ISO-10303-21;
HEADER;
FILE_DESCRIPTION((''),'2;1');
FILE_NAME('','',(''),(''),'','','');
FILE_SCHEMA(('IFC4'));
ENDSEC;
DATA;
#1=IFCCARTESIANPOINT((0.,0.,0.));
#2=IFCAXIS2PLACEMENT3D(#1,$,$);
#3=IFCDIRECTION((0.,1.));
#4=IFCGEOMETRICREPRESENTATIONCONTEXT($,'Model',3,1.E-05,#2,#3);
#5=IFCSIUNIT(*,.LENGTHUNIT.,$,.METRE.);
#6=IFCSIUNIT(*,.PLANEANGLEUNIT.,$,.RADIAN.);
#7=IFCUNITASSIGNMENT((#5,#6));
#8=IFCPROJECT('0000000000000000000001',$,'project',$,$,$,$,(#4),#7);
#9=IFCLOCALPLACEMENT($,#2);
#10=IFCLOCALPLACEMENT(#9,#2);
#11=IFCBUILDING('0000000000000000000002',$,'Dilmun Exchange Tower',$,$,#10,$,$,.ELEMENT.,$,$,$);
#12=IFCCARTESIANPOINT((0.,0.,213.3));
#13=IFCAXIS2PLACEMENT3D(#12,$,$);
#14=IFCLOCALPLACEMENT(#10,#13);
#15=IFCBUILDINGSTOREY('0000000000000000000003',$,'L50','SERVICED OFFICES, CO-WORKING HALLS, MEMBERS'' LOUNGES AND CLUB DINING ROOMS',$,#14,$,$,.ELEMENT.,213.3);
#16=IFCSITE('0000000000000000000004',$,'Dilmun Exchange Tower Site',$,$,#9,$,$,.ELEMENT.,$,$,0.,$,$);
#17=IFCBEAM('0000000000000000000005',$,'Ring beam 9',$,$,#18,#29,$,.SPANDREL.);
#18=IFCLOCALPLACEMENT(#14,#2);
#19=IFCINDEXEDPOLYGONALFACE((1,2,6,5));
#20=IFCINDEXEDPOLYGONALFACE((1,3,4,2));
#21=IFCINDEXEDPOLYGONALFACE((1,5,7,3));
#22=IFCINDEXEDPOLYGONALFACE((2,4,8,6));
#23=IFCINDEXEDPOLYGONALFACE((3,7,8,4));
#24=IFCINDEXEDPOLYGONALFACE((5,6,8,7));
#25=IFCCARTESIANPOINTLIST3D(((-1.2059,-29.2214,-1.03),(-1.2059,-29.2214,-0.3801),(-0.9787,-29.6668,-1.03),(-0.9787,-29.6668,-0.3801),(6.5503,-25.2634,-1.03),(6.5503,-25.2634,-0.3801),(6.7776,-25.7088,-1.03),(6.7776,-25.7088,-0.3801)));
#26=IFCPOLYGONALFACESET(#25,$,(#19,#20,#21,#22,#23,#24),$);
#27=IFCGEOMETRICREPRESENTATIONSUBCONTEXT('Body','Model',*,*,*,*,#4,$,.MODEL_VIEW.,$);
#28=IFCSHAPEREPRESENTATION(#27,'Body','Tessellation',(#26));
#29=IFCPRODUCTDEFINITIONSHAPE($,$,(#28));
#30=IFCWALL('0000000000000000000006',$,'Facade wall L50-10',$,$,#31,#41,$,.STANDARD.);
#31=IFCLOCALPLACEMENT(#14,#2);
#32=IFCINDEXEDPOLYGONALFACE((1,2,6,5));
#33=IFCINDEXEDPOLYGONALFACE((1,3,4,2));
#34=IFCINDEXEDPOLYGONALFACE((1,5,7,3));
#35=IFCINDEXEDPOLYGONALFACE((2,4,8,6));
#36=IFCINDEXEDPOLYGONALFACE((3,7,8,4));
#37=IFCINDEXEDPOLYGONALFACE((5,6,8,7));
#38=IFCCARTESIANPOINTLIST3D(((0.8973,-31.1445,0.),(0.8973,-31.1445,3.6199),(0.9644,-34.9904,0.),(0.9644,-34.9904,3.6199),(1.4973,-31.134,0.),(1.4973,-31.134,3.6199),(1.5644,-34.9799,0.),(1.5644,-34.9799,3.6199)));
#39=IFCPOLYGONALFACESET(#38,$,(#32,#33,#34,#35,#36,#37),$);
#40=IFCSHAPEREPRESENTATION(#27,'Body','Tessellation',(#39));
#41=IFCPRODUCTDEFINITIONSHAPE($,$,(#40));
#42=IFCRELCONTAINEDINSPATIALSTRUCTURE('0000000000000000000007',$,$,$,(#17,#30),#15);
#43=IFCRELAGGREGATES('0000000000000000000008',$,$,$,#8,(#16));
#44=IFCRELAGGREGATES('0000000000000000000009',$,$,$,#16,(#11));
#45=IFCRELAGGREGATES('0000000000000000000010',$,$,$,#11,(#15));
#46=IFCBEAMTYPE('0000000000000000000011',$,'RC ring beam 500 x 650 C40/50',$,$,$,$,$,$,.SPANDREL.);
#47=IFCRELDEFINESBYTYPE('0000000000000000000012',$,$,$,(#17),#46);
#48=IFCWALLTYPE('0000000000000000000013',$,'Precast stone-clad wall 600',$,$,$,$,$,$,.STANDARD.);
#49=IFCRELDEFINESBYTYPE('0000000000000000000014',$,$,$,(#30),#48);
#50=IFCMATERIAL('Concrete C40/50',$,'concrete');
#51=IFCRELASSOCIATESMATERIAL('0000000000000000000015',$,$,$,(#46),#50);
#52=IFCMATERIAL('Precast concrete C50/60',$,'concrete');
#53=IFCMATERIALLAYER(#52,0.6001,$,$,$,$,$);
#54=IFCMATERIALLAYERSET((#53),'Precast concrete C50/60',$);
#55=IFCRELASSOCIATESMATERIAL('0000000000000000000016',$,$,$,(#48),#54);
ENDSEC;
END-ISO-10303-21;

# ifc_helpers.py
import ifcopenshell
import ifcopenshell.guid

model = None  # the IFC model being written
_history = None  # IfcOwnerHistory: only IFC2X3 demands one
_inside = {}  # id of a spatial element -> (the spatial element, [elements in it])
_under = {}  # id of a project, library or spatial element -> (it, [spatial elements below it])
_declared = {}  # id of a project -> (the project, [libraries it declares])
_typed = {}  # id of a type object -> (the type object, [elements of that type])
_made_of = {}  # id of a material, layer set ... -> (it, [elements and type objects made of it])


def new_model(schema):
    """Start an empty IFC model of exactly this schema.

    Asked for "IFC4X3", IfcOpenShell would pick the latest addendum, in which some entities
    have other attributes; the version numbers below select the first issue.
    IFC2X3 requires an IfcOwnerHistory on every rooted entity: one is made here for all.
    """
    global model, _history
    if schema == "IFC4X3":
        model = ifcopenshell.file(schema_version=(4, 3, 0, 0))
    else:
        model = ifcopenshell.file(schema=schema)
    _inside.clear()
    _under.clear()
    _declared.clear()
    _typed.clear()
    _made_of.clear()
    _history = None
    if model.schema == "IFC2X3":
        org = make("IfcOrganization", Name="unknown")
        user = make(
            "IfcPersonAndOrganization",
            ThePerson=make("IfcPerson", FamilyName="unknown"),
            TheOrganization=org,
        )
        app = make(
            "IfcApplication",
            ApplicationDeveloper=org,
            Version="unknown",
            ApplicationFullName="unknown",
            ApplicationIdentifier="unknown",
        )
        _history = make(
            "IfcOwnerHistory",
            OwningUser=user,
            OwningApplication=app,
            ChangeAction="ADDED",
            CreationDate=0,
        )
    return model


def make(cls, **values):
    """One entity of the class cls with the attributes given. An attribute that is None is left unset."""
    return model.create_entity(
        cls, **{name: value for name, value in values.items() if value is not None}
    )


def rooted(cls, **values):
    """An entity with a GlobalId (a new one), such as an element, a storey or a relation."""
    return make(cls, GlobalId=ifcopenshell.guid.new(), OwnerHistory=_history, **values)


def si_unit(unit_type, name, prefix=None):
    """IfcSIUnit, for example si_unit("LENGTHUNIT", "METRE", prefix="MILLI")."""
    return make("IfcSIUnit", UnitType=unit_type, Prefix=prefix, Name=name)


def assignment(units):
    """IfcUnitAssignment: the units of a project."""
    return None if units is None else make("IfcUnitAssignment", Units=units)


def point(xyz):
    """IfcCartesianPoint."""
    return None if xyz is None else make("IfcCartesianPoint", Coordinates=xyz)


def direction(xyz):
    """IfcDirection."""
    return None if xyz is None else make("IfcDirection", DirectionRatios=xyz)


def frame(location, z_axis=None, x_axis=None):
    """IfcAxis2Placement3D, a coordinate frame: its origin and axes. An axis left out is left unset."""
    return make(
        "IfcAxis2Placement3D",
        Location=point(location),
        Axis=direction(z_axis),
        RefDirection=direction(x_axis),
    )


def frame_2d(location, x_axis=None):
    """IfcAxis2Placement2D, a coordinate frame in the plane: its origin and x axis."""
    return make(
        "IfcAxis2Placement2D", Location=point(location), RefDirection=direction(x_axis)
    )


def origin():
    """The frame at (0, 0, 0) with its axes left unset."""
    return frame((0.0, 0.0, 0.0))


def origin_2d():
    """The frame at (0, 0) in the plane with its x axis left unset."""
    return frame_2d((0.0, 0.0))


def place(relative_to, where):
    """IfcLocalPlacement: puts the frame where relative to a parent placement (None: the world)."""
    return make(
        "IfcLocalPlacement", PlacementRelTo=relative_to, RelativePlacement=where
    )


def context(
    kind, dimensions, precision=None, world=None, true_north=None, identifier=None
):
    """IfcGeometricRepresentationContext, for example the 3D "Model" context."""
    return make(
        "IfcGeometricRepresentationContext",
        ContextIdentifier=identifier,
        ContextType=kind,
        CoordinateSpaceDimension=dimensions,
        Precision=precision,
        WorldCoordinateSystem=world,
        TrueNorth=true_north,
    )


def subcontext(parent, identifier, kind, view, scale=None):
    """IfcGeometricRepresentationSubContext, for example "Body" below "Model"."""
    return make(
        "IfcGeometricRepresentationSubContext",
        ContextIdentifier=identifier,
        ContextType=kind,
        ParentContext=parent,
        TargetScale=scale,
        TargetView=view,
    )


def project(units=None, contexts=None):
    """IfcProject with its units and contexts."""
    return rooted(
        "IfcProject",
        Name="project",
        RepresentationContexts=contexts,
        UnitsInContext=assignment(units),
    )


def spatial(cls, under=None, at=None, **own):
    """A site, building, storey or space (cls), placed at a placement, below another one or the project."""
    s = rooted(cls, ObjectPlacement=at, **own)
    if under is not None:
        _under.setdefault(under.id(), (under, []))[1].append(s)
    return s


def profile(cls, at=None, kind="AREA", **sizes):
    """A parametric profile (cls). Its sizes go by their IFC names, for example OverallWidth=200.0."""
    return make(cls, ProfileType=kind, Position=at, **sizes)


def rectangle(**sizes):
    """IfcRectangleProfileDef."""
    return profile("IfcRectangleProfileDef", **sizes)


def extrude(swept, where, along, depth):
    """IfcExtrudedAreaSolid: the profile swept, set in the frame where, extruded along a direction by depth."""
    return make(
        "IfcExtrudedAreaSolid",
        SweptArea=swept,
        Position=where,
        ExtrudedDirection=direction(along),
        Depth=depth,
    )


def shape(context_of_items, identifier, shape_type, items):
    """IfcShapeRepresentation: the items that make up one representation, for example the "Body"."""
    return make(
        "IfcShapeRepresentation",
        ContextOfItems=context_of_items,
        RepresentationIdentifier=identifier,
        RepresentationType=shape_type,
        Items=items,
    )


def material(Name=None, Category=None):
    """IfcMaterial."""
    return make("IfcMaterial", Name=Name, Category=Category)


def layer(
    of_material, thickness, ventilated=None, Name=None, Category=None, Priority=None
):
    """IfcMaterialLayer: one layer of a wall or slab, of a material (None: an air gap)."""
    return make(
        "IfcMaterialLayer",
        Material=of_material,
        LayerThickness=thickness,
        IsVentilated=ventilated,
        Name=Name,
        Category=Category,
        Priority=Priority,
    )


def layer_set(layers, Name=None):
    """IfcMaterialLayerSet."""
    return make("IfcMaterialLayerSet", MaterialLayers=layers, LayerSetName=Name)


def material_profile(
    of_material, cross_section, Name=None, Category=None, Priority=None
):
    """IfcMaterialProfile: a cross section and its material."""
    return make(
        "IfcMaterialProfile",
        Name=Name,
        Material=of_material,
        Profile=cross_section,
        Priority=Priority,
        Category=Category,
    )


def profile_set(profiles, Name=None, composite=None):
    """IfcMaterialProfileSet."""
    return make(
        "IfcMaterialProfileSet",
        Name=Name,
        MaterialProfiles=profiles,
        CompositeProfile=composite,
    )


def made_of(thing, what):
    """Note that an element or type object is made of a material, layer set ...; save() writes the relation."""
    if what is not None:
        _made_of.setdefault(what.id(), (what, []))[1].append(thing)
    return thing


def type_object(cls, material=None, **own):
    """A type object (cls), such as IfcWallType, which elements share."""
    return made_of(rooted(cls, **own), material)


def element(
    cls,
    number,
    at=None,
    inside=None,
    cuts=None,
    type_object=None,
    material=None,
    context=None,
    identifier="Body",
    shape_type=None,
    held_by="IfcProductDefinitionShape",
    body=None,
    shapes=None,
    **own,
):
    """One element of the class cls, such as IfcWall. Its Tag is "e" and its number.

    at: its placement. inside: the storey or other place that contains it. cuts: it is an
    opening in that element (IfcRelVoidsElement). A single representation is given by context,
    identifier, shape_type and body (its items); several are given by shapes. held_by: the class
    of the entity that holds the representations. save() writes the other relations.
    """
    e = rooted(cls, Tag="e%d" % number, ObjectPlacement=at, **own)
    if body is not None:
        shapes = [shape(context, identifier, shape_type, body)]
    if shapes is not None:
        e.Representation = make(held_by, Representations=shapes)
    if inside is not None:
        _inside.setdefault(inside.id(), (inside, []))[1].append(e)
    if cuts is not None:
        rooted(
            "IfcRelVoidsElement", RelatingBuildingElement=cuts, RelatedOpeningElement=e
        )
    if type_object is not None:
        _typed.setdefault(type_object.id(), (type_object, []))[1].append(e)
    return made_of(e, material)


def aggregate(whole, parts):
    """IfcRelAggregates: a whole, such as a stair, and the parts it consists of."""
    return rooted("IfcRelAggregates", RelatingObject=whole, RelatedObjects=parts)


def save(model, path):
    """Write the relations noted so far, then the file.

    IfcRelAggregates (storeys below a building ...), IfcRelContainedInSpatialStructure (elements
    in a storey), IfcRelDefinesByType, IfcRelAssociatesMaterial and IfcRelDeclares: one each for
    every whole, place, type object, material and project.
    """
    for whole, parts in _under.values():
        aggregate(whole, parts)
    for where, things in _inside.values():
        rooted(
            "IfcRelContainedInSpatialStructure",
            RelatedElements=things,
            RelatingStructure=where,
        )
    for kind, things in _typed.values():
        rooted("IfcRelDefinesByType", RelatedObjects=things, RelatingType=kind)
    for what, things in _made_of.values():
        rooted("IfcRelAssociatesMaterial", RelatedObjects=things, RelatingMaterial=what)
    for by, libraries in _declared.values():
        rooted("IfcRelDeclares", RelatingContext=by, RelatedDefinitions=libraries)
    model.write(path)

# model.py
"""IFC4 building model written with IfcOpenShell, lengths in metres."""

from ifc_helpers import new_model, si_unit, direction, frame, frame_2d, origin, origin_2d, place, context, subcontext, project, spatial, rectangle, extrude, material, layer, layer_set, material_profile, profile_set, type_object, element, save


model = new_model("IFC4")

# Units and contexts
model_context = context("Model", 3, precision=1e-05, world=origin(), true_north=direction((0.0, 1.0)))
body_context = subcontext(model_context, "Body", "Model", "MODEL_VIEW")
ifc_project = project(units=[si_unit("LENGTHUNIT", "METRE"), si_unit("PLANEANGLEUNIT", "RADIAN")], contexts=[model_context])

# Site, building, storey
site_placement = place(None, origin())
site = spatial("IfcSite", under=ifc_project, at=site_placement, Name="Dilmun Exchange Tower Site", CompositionType="ELEMENT", RefElevation=0.0)
building_placement = place(site_placement, origin())
building = spatial("IfcBuilding", under=site, at=building_placement, Name="Dilmun Exchange Tower", CompositionType="ELEMENT")
storey_placement = place(building_placement, frame((0.0, 0.0, 213.3)))
storey = spatial("IfcBuildingStorey", under=building, at=storey_placement, Name="L50", Description="SERVICED OFFICES, CO-WORKING HALLS, MEMBERS' LOUNGES AND CLUB DINING ROOMS", CompositionType="ELEMENT", Elevation=213.3)

# Beam
ifc_material_1 = material(Name="Concrete C40/50", Category="concrete")
ifc_material_profile = material_profile(ifc_material_1, rectangle(XDim=0.5, YDim=0.6499, at=origin_2d()), Name="500 x 650")
ifc_profile_set = profile_set([ifc_material_profile], Name="Concrete C40/50")
beam_type = type_object("IfcBeamType", Name="RC ring beam 500 x 650 C40/50", PredefinedType="SPANDREL", material=ifc_profile_set)
beam_placement = place(storey_placement, frame((-1.0923, -29.4441, -0.7051), z_axis=(0.89073, 0.454533, 0.0), x_axis=(-0.454533, 0.89073, 0.0)))
element("IfcBeam", 1, at=beam_placement, inside=storey, type_object=beam_type, Name="Ring beam 9", PredefinedType="SPANDREL", context=body_context, shape_type="SweptSolid", body=[
    extrude(rectangle(XDim=0.5, YDim=0.6499, at=origin_2d()), origin(), (0.0, 0.0, 1.0), 8.7078),
])

# Wall
ifc_material_2 = material(Name="Precast concrete C50/60", Category="concrete")
ifc_layer = layer(ifc_material_2, 0.6001)
ifc_layer_set = layer_set([ifc_layer], Name="Precast concrete C50/60")
wall_type = type_object("IfcWallType", Name="Precast stone-clad wall 600", PredefinedType="STANDARD", material=ifc_layer_set)
wall_1_placement = place(storey_placement, frame((1.1973, -31.1392, 0.0), z_axis=(0.0, 0.0, 1.0), x_axis=(0.017454, -0.999848, 0.0)))
element("IfcWall", 2, at=wall_1_placement, inside=storey, type_object=wall_type, Name="Facade wall L50-10", PredefinedType="STANDARD", context=body_context, shape_type="SweptSolid", body=[
    extrude(rectangle(XDim=3.8464, YDim=0.6001, at=frame_2d((1.9233, 0.0))), origin(), (0.0, 0.0, 1.0), 3.6199),
])

save(model, "model.ifc")
